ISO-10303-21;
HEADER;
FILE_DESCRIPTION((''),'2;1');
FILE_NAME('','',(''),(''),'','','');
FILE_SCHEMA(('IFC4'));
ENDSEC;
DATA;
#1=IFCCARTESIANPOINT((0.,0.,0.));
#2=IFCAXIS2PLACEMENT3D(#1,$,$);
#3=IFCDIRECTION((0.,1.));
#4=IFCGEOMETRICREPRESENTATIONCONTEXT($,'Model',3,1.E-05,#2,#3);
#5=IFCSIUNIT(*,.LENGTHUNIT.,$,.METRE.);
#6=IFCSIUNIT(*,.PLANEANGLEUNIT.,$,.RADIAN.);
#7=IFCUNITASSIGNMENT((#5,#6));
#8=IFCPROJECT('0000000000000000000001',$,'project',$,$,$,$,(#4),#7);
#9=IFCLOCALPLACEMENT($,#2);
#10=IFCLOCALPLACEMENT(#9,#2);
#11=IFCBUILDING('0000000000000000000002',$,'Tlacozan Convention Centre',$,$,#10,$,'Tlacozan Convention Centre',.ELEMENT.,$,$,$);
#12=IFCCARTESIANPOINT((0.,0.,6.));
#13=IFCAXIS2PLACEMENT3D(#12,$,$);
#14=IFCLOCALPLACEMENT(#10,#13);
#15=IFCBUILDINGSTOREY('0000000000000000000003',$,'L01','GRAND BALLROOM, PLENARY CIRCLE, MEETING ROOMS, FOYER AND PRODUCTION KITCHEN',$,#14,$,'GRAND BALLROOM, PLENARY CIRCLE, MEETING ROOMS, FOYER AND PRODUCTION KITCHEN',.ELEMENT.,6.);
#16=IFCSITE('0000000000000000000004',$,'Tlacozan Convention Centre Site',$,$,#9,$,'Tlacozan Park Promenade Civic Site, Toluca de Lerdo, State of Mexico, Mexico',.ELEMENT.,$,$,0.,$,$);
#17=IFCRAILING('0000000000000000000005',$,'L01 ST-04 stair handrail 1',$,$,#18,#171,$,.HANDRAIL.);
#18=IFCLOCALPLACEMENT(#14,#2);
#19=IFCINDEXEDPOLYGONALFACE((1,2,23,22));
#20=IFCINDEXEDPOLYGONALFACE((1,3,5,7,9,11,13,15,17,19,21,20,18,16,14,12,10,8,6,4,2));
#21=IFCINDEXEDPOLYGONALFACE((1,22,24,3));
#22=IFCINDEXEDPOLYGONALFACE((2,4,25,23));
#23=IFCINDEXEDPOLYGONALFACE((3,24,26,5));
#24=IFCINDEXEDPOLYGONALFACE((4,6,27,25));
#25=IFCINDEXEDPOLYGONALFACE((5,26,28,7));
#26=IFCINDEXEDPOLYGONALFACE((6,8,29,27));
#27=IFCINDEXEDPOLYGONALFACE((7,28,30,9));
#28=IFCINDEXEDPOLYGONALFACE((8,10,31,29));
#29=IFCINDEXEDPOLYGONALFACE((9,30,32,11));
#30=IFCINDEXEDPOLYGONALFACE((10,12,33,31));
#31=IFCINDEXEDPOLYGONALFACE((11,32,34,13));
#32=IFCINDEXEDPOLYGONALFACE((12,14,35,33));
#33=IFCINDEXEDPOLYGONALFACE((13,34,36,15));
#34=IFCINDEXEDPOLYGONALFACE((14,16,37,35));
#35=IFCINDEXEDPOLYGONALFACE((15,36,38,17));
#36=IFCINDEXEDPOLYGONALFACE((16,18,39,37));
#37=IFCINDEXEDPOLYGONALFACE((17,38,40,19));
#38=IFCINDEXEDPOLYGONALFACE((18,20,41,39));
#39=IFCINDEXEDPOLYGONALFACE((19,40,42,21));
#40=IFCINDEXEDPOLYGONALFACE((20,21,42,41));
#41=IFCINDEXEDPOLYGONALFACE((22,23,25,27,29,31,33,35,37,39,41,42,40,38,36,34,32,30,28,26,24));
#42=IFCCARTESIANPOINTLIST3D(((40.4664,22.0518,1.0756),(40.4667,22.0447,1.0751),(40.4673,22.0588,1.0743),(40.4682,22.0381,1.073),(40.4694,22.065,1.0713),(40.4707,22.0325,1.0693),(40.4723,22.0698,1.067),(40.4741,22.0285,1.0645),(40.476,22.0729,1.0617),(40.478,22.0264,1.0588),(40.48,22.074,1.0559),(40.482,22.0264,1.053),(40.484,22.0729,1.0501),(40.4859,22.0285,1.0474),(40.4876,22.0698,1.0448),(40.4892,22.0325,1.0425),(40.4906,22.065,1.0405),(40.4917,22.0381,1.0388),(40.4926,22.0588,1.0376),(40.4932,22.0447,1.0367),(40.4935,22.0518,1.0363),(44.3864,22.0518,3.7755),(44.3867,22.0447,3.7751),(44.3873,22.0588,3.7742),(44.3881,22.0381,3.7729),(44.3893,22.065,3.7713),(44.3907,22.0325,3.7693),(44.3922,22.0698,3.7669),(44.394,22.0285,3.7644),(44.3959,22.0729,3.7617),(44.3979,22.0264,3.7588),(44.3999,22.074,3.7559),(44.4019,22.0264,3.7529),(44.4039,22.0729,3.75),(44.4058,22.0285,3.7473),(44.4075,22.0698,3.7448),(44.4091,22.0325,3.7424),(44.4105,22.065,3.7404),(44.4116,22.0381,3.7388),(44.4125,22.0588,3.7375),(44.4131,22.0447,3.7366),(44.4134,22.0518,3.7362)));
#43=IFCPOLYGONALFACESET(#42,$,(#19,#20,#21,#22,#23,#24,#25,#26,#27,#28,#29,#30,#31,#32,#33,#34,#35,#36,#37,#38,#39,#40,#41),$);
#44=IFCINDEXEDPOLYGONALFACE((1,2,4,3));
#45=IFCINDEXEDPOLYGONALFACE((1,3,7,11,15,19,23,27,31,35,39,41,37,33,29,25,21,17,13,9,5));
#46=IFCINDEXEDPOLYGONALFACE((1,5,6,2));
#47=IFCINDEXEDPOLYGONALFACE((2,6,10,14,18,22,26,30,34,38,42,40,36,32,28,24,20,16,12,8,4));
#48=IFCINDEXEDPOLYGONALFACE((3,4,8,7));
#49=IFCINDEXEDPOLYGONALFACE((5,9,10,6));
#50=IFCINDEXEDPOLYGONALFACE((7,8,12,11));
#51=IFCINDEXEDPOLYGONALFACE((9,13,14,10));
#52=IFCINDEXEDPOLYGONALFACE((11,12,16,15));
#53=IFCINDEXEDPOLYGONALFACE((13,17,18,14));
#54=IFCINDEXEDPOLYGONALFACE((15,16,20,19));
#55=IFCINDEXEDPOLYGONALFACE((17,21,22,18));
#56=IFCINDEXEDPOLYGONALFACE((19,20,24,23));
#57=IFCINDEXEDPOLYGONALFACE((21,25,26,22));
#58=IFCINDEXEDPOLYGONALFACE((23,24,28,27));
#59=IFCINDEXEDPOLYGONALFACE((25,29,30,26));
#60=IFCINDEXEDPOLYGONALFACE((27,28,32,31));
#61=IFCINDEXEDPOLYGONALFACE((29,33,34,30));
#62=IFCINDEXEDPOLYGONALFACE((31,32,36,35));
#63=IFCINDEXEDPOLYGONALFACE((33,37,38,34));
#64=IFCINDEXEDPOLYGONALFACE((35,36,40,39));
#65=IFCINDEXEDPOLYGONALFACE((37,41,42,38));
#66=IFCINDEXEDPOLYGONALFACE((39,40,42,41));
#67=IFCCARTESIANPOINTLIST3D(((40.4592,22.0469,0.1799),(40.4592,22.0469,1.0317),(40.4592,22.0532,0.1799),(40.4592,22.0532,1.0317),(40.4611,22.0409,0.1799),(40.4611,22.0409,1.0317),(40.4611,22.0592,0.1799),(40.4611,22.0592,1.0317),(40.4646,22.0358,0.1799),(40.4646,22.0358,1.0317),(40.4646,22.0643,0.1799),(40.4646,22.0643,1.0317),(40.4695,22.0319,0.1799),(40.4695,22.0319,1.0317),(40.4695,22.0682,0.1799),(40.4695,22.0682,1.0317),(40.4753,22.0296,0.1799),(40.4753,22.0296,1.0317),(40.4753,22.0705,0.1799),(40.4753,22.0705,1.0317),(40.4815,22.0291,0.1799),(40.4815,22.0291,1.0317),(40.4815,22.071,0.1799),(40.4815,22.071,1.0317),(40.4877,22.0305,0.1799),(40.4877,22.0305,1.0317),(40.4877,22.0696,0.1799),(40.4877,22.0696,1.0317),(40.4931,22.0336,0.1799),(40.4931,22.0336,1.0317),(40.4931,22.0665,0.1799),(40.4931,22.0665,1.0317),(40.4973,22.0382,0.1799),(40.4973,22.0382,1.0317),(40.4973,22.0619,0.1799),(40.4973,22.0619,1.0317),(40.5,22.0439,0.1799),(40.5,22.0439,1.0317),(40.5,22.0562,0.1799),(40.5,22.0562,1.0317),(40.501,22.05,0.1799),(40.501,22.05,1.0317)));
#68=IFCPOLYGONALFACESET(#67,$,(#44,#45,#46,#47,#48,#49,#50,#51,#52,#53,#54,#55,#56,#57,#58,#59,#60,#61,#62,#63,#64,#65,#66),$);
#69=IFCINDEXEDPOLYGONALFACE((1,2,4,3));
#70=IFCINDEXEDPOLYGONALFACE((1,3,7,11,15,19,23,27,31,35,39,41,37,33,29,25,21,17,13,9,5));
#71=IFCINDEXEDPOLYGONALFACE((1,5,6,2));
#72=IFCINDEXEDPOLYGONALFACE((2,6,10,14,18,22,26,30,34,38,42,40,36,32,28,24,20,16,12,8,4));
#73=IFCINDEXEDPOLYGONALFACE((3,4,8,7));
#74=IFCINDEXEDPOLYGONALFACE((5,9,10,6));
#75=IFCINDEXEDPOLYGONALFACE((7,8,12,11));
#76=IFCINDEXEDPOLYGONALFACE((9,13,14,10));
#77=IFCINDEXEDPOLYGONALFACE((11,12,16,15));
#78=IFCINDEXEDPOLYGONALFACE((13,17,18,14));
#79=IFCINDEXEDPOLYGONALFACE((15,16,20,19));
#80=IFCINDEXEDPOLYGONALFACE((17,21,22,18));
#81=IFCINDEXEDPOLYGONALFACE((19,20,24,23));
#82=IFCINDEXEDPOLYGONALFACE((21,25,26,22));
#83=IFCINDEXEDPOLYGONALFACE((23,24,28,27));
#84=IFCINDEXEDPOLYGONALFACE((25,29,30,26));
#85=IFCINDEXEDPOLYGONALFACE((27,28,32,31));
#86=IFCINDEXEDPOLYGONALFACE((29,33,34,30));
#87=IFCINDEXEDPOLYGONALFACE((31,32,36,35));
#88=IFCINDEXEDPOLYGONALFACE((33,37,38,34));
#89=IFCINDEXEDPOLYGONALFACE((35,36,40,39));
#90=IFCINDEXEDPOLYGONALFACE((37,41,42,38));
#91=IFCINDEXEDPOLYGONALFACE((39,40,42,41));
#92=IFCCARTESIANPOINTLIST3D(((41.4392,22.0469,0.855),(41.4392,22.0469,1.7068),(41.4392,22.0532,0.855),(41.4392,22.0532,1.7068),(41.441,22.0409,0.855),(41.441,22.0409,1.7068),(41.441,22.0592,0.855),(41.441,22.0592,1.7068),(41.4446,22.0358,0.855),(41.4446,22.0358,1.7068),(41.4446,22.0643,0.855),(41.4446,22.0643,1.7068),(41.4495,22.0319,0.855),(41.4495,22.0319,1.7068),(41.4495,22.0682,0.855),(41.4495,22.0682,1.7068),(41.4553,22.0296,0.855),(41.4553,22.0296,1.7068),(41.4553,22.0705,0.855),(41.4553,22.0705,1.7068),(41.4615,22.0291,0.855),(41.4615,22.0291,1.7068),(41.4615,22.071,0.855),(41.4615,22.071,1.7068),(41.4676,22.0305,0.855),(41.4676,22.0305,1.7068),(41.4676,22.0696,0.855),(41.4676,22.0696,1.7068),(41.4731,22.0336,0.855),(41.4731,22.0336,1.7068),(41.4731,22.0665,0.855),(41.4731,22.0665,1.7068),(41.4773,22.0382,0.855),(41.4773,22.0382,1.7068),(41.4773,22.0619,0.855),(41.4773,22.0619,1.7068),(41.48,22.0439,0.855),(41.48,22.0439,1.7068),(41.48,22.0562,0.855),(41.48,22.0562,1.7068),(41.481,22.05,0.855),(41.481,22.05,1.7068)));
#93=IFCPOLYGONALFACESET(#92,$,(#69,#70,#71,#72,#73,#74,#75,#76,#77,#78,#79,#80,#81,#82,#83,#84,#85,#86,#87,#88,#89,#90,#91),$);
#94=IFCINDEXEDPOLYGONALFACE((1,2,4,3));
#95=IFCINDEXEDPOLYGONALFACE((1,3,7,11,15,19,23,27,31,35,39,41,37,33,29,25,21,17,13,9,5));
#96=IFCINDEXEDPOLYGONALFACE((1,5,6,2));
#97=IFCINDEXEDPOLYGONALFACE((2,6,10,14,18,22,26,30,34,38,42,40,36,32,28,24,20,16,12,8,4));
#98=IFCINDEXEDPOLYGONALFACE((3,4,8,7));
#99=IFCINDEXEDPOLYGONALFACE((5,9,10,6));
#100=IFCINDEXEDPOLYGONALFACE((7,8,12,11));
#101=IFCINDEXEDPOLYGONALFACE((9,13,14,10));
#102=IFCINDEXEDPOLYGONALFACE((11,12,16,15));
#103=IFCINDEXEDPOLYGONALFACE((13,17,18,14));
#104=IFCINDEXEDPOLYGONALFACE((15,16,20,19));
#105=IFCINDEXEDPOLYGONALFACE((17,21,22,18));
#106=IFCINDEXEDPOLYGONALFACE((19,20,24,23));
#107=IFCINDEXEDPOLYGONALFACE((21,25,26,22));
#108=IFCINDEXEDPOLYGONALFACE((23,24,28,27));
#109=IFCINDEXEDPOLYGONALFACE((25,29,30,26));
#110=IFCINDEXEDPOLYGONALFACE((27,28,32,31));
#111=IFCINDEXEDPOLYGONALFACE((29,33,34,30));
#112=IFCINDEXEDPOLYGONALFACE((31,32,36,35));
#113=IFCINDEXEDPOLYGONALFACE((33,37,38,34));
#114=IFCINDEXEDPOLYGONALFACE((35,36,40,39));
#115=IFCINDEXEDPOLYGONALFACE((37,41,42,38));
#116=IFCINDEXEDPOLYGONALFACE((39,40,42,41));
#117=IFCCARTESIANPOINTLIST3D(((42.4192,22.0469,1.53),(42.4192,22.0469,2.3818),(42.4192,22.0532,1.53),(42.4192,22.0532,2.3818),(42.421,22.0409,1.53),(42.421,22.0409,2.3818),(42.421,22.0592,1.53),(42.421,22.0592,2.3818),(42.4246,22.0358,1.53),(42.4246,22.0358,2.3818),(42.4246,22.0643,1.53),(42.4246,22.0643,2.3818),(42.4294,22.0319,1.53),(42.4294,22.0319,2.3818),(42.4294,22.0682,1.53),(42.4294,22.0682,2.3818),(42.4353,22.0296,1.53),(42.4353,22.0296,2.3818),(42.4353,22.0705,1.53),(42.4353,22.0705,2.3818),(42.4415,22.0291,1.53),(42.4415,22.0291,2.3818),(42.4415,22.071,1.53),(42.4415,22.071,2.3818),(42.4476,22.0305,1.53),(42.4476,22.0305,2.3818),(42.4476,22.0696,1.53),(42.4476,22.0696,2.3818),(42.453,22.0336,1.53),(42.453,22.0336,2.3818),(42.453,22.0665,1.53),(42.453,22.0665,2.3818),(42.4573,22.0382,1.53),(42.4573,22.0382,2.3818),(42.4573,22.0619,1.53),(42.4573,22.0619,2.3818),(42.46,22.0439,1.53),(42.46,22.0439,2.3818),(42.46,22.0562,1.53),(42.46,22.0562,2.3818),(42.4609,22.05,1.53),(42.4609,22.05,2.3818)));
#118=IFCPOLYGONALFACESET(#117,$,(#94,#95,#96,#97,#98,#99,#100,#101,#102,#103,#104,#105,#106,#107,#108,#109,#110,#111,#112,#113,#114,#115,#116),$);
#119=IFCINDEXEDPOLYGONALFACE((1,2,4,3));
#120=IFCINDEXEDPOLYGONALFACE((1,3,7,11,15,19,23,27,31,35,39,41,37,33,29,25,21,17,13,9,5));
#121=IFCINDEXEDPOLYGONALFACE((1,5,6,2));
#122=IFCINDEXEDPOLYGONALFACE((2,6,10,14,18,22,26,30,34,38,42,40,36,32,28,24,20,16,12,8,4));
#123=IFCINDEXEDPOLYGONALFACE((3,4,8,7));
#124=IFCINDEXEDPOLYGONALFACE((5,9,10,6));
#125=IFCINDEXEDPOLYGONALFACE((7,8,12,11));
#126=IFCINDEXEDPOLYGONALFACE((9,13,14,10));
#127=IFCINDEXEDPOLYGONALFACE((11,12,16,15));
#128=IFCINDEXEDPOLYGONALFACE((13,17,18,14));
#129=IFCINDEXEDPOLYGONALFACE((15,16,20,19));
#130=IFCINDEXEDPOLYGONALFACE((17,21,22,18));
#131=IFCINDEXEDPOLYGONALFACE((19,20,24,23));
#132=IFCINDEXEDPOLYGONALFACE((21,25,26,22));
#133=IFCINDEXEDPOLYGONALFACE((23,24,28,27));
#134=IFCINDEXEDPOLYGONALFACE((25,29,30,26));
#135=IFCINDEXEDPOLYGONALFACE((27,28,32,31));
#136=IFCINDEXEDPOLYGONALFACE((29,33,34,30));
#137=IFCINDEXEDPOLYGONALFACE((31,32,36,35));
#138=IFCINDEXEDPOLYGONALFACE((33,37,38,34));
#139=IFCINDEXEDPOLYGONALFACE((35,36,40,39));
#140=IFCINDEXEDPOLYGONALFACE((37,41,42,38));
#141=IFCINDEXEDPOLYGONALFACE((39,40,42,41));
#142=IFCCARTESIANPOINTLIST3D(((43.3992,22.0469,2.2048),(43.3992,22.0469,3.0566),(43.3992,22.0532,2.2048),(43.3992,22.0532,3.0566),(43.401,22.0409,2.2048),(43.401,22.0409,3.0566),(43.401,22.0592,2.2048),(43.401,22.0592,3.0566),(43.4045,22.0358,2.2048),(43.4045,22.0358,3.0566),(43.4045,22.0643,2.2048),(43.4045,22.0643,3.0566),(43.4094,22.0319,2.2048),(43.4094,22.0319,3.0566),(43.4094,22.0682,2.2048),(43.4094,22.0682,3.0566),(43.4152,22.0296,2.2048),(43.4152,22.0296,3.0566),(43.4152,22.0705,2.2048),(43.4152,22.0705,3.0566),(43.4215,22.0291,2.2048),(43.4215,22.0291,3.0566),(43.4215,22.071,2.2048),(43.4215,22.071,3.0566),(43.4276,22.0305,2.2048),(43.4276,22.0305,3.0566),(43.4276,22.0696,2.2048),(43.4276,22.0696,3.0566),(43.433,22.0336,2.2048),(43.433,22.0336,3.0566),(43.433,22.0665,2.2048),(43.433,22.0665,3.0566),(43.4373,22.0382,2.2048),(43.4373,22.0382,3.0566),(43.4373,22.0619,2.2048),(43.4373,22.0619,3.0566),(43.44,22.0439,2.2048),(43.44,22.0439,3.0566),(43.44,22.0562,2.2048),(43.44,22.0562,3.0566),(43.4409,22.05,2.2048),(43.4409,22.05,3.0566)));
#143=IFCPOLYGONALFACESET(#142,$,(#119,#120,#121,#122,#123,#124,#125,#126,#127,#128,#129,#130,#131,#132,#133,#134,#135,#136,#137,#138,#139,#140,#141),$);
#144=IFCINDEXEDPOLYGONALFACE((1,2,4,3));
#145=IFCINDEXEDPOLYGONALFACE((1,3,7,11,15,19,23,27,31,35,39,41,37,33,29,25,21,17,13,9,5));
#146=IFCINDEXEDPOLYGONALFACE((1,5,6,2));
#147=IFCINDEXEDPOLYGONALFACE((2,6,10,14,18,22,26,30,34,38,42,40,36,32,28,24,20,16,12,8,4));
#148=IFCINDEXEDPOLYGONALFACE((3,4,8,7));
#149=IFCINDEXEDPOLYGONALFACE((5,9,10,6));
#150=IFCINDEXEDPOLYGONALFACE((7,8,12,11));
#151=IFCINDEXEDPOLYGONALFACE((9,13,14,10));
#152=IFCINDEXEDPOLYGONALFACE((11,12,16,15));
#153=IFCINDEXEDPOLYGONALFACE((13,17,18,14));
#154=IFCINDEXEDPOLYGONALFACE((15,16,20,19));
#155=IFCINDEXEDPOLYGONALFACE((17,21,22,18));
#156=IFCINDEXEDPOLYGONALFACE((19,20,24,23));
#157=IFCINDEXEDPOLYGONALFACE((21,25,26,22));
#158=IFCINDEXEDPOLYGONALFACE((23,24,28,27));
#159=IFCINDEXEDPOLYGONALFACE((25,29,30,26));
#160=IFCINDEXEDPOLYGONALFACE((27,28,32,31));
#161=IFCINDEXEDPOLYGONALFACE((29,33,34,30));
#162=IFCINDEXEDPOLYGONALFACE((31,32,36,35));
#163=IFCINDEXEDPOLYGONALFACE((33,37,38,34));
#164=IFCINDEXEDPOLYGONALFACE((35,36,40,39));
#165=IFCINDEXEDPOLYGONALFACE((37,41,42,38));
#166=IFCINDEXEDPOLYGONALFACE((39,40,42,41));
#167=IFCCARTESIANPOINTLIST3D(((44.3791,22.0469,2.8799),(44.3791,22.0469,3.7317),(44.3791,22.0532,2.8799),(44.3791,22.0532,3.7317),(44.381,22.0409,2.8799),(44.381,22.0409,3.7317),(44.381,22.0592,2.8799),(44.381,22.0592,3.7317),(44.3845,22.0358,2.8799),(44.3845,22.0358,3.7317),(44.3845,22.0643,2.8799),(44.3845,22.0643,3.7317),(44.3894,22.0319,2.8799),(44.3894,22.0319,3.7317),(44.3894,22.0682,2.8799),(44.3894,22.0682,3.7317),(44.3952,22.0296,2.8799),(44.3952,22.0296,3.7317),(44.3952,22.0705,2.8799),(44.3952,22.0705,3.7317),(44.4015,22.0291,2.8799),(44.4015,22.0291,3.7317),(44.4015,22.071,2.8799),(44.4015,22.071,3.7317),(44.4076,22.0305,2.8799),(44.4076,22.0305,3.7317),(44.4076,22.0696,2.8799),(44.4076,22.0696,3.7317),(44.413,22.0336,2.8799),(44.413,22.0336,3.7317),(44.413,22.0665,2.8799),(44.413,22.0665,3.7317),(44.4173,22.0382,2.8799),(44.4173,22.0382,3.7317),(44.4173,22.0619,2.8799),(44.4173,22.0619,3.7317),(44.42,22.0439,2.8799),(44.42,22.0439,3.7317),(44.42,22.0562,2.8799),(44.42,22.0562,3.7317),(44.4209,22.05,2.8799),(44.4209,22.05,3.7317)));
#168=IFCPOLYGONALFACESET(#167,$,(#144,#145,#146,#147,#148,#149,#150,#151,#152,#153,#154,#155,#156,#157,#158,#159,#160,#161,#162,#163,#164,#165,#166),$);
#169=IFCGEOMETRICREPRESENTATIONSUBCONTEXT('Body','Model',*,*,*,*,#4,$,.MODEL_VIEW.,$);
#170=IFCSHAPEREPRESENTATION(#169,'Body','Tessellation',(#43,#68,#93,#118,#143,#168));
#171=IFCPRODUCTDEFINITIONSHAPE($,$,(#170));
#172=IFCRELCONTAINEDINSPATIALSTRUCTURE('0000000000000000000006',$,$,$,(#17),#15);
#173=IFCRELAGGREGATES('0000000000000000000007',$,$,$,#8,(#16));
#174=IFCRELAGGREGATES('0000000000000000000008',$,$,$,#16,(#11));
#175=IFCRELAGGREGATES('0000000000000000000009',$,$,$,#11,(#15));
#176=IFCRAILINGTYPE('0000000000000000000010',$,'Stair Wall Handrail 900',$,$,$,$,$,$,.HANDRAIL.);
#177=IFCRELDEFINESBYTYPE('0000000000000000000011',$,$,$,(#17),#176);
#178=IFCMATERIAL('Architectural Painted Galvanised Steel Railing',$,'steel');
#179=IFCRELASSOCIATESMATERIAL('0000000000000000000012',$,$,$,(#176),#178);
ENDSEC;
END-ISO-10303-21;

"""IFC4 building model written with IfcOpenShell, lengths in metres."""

from ifc_helpers import new_model, si_unit, direction, frame, origin, origin_2d, place, context, subcontext, project, spatial, circle, extrude, material, type_object, element, save


model = new_model("IFC4")

# Units and contexts
model_context = context("Model", 3, precision=1e-05, world=origin(), true_north=direction((0.0, 1.0)))
body_context = subcontext(model_context, "Body", "Model", "MODEL_VIEW")
ifc_project = project(units=[si_unit("LENGTHUNIT", "METRE"), si_unit("PLANEANGLEUNIT", "RADIAN")], contexts=[model_context])

# Site, building, storey
site_placement = place(None, origin())
site = spatial("IfcSite", under=ifc_project, at=site_placement, Name="Tlacozan Convention Centre Site", LongName="Tlacozan Park Promenade Civic Site, Toluca de Lerdo, State of Mexico, Mexico", CompositionType="ELEMENT", RefElevation=0.0)
building_placement = place(site_placement, origin())
building = spatial("IfcBuilding", under=site, at=building_placement, Name="Tlacozan Convention Centre", LongName="Tlacozan Convention Centre", CompositionType="ELEMENT")
storey_placement = place(building_placement, frame((0.0, 0.0, 6.0)))
storey = spatial("IfcBuildingStorey", under=building, at=storey_placement, Name="L01", Description="GRAND BALLROOM, PLENARY CIRCLE, MEETING ROOMS, FOYER AND PRODUCTION KITCHEN", LongName="GRAND BALLROOM, PLENARY CIRCLE, MEETING ROOMS, FOYER AND PRODUCTION KITCHEN", CompositionType="ELEMENT", Elevation=6.0)

# Railing
ifc_material_1 = material(Name="Architectural Painted Galvanised Steel Railing", Category="steel")
railing_type_1 = type_object("IfcRailingType", Name="Stair Wall Handrail 900", PredefinedType="HANDRAIL", material=ifc_material_1)
railing_1_placement = place(storey_placement, frame((40.48, 22.05, 0.1799)))
element("IfcRailing", 1, at=railing_1_placement, inside=storey, type_object=railing_type_1, Name="L01 ST-04 stair handrail 1", PredefinedType="HANDRAIL", context=body_context, shape_type="SweptSolid", body=[
    extrude(circle(Radius=0.0239, at=origin_2d()), frame((0.0, 0.0, 0.876), z_axis=(0.823551, 0.0, 0.567243), x_axis=(0.0, 1.0, 0.0)), (0.0, 0.0, 1.0), 4.7598),
    extrude(circle(Radius=0.021, at=origin_2d()), origin(), (0.0, 0.0, 1.0), 0.8518),
    extrude(circle(Radius=0.021, at=origin_2d()), frame((0.98, 0.0, 0.675)), (0.0, 0.0, 1.0), 0.8518),
    extrude(circle(Radius=0.021, at=origin_2d()), frame((1.96, 0.0, 1.3501)), (0.0, 0.0, 1.0), 0.8518),
    extrude(circle(Radius=0.021, at=origin_2d()), frame((2.9399, 0.0, 2.0249)), (0.0, 0.0, 1.0), 0.8518),
    extrude(circle(Radius=0.021, at=origin_2d()), frame((3.9199, 0.0, 2.7)), (0.0, 0.0, 1.0), 0.8518),
])

save(model, "model.ifc")
